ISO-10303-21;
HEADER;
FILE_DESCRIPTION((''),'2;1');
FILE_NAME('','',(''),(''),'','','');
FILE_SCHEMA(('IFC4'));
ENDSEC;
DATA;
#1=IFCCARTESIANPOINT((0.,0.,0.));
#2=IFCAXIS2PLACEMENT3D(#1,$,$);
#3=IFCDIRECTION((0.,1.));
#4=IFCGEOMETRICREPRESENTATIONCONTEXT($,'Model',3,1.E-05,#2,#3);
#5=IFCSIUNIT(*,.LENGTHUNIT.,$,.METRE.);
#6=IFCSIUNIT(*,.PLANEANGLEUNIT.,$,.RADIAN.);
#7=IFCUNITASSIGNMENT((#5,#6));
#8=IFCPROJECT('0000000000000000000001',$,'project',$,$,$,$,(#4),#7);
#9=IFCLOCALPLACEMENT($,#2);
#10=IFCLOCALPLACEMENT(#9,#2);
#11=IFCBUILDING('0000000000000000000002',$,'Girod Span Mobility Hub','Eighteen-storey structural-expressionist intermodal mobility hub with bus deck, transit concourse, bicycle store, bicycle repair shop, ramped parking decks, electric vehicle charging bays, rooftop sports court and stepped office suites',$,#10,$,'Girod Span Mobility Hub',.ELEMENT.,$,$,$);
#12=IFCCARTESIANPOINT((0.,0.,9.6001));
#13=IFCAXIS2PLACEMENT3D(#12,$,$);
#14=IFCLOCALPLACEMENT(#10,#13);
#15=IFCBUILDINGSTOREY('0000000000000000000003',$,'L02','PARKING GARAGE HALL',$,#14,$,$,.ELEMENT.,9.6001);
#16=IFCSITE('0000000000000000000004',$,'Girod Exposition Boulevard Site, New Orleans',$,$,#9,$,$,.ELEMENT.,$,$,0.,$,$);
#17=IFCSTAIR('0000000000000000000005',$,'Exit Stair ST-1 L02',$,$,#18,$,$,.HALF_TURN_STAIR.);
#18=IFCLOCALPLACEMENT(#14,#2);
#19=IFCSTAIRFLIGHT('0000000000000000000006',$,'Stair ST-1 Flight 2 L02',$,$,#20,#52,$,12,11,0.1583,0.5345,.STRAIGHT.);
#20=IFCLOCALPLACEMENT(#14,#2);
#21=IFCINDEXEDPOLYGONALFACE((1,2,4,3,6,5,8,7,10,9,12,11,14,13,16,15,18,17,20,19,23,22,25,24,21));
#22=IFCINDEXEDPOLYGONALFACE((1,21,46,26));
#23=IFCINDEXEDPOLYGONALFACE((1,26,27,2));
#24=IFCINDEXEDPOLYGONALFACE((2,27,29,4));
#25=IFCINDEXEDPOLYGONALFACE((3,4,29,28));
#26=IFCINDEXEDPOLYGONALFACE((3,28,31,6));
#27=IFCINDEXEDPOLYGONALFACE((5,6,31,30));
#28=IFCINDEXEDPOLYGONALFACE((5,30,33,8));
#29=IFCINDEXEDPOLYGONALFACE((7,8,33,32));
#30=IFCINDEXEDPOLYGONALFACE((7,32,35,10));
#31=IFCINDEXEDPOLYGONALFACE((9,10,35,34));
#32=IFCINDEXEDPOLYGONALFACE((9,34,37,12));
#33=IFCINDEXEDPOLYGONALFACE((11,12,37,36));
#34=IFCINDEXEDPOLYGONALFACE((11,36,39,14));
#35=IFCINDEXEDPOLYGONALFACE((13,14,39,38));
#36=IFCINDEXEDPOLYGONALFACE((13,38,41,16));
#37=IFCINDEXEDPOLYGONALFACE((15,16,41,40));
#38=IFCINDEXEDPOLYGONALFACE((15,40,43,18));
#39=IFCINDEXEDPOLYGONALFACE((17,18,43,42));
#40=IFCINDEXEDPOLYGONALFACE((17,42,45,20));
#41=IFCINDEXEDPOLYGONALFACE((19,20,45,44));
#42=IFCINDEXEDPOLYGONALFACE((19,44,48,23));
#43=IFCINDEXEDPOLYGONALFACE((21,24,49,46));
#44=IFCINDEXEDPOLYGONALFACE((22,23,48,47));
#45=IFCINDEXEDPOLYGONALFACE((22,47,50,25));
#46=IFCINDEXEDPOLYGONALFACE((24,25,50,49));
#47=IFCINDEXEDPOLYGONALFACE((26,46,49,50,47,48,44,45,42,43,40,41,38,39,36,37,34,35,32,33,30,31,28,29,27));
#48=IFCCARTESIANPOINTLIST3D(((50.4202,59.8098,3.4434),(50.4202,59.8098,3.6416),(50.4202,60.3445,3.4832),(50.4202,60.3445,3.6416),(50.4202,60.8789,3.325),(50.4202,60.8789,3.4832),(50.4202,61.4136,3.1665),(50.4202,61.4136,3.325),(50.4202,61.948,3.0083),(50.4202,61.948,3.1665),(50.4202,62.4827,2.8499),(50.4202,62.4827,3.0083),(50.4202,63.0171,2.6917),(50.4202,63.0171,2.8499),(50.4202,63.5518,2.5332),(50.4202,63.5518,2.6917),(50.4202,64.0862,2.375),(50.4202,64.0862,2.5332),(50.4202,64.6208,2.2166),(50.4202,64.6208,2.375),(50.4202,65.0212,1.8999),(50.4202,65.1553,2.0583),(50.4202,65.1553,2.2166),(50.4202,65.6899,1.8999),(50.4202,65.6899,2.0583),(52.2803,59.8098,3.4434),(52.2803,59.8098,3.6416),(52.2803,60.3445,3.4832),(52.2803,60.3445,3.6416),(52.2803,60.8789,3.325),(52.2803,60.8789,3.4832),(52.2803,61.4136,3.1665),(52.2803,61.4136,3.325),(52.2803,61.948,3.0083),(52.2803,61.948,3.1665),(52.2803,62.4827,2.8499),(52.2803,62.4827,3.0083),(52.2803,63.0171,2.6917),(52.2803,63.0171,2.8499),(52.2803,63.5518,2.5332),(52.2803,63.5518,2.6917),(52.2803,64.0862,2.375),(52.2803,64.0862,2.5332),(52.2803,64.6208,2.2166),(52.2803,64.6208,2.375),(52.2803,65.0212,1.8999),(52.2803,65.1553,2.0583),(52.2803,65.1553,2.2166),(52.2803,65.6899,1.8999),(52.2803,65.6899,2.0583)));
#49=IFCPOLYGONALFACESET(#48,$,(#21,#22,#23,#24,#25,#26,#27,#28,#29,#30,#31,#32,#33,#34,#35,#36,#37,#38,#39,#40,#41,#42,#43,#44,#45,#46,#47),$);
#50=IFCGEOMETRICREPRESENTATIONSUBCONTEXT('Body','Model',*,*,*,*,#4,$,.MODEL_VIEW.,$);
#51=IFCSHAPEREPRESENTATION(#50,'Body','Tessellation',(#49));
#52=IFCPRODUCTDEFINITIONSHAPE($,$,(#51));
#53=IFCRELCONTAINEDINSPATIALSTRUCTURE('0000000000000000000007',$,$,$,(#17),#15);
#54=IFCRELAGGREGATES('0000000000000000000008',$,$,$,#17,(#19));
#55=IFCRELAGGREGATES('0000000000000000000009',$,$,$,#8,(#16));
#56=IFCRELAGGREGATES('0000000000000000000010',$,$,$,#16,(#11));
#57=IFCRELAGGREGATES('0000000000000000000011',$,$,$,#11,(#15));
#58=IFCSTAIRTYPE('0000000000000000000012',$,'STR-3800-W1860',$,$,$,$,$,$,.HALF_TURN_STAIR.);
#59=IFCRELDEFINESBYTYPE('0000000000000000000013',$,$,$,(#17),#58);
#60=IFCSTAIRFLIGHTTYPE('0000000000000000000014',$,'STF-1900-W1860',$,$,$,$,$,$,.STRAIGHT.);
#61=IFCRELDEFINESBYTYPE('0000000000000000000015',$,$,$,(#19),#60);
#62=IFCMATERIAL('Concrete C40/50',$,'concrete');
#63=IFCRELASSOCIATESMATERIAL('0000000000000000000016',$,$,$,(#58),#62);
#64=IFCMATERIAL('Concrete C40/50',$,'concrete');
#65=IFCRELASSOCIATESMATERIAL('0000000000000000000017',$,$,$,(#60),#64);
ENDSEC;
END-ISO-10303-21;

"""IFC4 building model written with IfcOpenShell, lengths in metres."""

from ifc_helpers import new_model, si_unit, direction, frame, origin, place, context, subcontext, project, spatial, polyline, outline, extrude, material, type_object, element, aggregate, save


model = new_model("IFC4")

# Units and contexts
model_context = context("Model", 3, precision=1e-05, world=origin(), true_north=direction((0.0, 1.0)))
body_context = subcontext(model_context, "Body", "Model", "MODEL_VIEW")
ifc_project = project(units=[si_unit("LENGTHUNIT", "METRE"), si_unit("PLANEANGLEUNIT", "RADIAN")], contexts=[model_context])

# Site, building, storey
site_placement = place(None, origin())
site = spatial("IfcSite", under=ifc_project, at=site_placement, Name="Girod Exposition Boulevard Site, New Orleans", CompositionType="ELEMENT", RefElevation=0.0)
building_placement = place(site_placement, origin())
building = spatial("IfcBuilding", under=site, at=building_placement, Name="Girod Span Mobility Hub", Description="Eighteen-storey structural-expressionist intermodal mobility hub with bus deck, transit concourse, bicycle store, bicycle repair shop, ramped parking decks, electric vehicle charging bays, rooftop sports court and stepped office suites", LongName="Girod Span Mobility Hub", CompositionType="ELEMENT")
storey_placement = place(building_placement, frame((0.0, 0.0, 9.6001)))
storey = spatial("IfcBuildingStorey", under=building, at=storey_placement, Name="L02", Description="PARKING GARAGE HALL", CompositionType="ELEMENT", Elevation=9.6001)

# Stair, stair flight
ifc_material_1 = material(Name="Concrete C40/50", Category="concrete")
stair_type = type_object("IfcStairType", Name="STR-3800-W1860", PredefinedType="HALF_TURN_STAIR", material=ifc_material_1)
stair_placement = place(storey_placement, origin())
stair = element("IfcStair", 1, at=stair_placement, inside=storey, type_object=stair_type, Name="Exit Stair ST-1 L02", PredefinedType="HALF_TURN_STAIR")
ifc_material_2 = material(Name="Concrete C40/50", Category="concrete")
stair_flight_type = type_object("IfcStairFlightType", Name="STF-1900-W1860", PredefinedType="STRAIGHT", material=ifc_material_2)
stair_flight_placement = place(storey_placement, frame((51.3501, 65.6899, 1.8999), z_axis=(0.0, 0.0, 1.0), x_axis=(0.0, -1.0, 0.0)))
stair_flight = element("IfcStairFlight", 2, at=stair_flight_placement, type_object=stair_flight_type, Name="Stair ST-1 Flight 2 L02", NumberOfRisers=12, NumberOfTreads=11, PredefinedType="STRAIGHT", RiserHeight=0.1583, TreadLength=0.5345, context=body_context, shape_type="SweptSolid", body=[
    extrude(outline(polyline([(0.0, 0.0), (0.0, 0.1584), (0.5347, 0.1584), (0.5347, 0.3167), (1.0691, 0.3167), (1.0691, 0.4751), (1.6038, 0.4751), (1.6038, 0.6333), (2.1382, 0.6333), (2.1382, 0.7917), (2.6729, 0.7917), (2.6729, 0.95), (3.2073, 0.95), (3.2073, 1.1084), (3.7419, 1.1084), (3.7419, 1.2666), (4.2764, 1.2666), (4.2764, 1.425), (4.811, 1.425), (4.811, 1.5833), (5.3455, 1.5833), (5.3455, 1.7417), (5.8801, 1.7417), (5.8801, 1.8999), (5.8801, 1.5435), (0.6687, 0.0), (0.0, 0.0)])), frame((0.0, 0.9302, 0.0), z_axis=(0.0, -1.0, 0.0), x_axis=(1.0, 0.0, 0.0)), (0.0, 0.0, 1.0), 1.8601),
])
aggregate(stair, [stair_flight])

save(model, "model.ifc")
